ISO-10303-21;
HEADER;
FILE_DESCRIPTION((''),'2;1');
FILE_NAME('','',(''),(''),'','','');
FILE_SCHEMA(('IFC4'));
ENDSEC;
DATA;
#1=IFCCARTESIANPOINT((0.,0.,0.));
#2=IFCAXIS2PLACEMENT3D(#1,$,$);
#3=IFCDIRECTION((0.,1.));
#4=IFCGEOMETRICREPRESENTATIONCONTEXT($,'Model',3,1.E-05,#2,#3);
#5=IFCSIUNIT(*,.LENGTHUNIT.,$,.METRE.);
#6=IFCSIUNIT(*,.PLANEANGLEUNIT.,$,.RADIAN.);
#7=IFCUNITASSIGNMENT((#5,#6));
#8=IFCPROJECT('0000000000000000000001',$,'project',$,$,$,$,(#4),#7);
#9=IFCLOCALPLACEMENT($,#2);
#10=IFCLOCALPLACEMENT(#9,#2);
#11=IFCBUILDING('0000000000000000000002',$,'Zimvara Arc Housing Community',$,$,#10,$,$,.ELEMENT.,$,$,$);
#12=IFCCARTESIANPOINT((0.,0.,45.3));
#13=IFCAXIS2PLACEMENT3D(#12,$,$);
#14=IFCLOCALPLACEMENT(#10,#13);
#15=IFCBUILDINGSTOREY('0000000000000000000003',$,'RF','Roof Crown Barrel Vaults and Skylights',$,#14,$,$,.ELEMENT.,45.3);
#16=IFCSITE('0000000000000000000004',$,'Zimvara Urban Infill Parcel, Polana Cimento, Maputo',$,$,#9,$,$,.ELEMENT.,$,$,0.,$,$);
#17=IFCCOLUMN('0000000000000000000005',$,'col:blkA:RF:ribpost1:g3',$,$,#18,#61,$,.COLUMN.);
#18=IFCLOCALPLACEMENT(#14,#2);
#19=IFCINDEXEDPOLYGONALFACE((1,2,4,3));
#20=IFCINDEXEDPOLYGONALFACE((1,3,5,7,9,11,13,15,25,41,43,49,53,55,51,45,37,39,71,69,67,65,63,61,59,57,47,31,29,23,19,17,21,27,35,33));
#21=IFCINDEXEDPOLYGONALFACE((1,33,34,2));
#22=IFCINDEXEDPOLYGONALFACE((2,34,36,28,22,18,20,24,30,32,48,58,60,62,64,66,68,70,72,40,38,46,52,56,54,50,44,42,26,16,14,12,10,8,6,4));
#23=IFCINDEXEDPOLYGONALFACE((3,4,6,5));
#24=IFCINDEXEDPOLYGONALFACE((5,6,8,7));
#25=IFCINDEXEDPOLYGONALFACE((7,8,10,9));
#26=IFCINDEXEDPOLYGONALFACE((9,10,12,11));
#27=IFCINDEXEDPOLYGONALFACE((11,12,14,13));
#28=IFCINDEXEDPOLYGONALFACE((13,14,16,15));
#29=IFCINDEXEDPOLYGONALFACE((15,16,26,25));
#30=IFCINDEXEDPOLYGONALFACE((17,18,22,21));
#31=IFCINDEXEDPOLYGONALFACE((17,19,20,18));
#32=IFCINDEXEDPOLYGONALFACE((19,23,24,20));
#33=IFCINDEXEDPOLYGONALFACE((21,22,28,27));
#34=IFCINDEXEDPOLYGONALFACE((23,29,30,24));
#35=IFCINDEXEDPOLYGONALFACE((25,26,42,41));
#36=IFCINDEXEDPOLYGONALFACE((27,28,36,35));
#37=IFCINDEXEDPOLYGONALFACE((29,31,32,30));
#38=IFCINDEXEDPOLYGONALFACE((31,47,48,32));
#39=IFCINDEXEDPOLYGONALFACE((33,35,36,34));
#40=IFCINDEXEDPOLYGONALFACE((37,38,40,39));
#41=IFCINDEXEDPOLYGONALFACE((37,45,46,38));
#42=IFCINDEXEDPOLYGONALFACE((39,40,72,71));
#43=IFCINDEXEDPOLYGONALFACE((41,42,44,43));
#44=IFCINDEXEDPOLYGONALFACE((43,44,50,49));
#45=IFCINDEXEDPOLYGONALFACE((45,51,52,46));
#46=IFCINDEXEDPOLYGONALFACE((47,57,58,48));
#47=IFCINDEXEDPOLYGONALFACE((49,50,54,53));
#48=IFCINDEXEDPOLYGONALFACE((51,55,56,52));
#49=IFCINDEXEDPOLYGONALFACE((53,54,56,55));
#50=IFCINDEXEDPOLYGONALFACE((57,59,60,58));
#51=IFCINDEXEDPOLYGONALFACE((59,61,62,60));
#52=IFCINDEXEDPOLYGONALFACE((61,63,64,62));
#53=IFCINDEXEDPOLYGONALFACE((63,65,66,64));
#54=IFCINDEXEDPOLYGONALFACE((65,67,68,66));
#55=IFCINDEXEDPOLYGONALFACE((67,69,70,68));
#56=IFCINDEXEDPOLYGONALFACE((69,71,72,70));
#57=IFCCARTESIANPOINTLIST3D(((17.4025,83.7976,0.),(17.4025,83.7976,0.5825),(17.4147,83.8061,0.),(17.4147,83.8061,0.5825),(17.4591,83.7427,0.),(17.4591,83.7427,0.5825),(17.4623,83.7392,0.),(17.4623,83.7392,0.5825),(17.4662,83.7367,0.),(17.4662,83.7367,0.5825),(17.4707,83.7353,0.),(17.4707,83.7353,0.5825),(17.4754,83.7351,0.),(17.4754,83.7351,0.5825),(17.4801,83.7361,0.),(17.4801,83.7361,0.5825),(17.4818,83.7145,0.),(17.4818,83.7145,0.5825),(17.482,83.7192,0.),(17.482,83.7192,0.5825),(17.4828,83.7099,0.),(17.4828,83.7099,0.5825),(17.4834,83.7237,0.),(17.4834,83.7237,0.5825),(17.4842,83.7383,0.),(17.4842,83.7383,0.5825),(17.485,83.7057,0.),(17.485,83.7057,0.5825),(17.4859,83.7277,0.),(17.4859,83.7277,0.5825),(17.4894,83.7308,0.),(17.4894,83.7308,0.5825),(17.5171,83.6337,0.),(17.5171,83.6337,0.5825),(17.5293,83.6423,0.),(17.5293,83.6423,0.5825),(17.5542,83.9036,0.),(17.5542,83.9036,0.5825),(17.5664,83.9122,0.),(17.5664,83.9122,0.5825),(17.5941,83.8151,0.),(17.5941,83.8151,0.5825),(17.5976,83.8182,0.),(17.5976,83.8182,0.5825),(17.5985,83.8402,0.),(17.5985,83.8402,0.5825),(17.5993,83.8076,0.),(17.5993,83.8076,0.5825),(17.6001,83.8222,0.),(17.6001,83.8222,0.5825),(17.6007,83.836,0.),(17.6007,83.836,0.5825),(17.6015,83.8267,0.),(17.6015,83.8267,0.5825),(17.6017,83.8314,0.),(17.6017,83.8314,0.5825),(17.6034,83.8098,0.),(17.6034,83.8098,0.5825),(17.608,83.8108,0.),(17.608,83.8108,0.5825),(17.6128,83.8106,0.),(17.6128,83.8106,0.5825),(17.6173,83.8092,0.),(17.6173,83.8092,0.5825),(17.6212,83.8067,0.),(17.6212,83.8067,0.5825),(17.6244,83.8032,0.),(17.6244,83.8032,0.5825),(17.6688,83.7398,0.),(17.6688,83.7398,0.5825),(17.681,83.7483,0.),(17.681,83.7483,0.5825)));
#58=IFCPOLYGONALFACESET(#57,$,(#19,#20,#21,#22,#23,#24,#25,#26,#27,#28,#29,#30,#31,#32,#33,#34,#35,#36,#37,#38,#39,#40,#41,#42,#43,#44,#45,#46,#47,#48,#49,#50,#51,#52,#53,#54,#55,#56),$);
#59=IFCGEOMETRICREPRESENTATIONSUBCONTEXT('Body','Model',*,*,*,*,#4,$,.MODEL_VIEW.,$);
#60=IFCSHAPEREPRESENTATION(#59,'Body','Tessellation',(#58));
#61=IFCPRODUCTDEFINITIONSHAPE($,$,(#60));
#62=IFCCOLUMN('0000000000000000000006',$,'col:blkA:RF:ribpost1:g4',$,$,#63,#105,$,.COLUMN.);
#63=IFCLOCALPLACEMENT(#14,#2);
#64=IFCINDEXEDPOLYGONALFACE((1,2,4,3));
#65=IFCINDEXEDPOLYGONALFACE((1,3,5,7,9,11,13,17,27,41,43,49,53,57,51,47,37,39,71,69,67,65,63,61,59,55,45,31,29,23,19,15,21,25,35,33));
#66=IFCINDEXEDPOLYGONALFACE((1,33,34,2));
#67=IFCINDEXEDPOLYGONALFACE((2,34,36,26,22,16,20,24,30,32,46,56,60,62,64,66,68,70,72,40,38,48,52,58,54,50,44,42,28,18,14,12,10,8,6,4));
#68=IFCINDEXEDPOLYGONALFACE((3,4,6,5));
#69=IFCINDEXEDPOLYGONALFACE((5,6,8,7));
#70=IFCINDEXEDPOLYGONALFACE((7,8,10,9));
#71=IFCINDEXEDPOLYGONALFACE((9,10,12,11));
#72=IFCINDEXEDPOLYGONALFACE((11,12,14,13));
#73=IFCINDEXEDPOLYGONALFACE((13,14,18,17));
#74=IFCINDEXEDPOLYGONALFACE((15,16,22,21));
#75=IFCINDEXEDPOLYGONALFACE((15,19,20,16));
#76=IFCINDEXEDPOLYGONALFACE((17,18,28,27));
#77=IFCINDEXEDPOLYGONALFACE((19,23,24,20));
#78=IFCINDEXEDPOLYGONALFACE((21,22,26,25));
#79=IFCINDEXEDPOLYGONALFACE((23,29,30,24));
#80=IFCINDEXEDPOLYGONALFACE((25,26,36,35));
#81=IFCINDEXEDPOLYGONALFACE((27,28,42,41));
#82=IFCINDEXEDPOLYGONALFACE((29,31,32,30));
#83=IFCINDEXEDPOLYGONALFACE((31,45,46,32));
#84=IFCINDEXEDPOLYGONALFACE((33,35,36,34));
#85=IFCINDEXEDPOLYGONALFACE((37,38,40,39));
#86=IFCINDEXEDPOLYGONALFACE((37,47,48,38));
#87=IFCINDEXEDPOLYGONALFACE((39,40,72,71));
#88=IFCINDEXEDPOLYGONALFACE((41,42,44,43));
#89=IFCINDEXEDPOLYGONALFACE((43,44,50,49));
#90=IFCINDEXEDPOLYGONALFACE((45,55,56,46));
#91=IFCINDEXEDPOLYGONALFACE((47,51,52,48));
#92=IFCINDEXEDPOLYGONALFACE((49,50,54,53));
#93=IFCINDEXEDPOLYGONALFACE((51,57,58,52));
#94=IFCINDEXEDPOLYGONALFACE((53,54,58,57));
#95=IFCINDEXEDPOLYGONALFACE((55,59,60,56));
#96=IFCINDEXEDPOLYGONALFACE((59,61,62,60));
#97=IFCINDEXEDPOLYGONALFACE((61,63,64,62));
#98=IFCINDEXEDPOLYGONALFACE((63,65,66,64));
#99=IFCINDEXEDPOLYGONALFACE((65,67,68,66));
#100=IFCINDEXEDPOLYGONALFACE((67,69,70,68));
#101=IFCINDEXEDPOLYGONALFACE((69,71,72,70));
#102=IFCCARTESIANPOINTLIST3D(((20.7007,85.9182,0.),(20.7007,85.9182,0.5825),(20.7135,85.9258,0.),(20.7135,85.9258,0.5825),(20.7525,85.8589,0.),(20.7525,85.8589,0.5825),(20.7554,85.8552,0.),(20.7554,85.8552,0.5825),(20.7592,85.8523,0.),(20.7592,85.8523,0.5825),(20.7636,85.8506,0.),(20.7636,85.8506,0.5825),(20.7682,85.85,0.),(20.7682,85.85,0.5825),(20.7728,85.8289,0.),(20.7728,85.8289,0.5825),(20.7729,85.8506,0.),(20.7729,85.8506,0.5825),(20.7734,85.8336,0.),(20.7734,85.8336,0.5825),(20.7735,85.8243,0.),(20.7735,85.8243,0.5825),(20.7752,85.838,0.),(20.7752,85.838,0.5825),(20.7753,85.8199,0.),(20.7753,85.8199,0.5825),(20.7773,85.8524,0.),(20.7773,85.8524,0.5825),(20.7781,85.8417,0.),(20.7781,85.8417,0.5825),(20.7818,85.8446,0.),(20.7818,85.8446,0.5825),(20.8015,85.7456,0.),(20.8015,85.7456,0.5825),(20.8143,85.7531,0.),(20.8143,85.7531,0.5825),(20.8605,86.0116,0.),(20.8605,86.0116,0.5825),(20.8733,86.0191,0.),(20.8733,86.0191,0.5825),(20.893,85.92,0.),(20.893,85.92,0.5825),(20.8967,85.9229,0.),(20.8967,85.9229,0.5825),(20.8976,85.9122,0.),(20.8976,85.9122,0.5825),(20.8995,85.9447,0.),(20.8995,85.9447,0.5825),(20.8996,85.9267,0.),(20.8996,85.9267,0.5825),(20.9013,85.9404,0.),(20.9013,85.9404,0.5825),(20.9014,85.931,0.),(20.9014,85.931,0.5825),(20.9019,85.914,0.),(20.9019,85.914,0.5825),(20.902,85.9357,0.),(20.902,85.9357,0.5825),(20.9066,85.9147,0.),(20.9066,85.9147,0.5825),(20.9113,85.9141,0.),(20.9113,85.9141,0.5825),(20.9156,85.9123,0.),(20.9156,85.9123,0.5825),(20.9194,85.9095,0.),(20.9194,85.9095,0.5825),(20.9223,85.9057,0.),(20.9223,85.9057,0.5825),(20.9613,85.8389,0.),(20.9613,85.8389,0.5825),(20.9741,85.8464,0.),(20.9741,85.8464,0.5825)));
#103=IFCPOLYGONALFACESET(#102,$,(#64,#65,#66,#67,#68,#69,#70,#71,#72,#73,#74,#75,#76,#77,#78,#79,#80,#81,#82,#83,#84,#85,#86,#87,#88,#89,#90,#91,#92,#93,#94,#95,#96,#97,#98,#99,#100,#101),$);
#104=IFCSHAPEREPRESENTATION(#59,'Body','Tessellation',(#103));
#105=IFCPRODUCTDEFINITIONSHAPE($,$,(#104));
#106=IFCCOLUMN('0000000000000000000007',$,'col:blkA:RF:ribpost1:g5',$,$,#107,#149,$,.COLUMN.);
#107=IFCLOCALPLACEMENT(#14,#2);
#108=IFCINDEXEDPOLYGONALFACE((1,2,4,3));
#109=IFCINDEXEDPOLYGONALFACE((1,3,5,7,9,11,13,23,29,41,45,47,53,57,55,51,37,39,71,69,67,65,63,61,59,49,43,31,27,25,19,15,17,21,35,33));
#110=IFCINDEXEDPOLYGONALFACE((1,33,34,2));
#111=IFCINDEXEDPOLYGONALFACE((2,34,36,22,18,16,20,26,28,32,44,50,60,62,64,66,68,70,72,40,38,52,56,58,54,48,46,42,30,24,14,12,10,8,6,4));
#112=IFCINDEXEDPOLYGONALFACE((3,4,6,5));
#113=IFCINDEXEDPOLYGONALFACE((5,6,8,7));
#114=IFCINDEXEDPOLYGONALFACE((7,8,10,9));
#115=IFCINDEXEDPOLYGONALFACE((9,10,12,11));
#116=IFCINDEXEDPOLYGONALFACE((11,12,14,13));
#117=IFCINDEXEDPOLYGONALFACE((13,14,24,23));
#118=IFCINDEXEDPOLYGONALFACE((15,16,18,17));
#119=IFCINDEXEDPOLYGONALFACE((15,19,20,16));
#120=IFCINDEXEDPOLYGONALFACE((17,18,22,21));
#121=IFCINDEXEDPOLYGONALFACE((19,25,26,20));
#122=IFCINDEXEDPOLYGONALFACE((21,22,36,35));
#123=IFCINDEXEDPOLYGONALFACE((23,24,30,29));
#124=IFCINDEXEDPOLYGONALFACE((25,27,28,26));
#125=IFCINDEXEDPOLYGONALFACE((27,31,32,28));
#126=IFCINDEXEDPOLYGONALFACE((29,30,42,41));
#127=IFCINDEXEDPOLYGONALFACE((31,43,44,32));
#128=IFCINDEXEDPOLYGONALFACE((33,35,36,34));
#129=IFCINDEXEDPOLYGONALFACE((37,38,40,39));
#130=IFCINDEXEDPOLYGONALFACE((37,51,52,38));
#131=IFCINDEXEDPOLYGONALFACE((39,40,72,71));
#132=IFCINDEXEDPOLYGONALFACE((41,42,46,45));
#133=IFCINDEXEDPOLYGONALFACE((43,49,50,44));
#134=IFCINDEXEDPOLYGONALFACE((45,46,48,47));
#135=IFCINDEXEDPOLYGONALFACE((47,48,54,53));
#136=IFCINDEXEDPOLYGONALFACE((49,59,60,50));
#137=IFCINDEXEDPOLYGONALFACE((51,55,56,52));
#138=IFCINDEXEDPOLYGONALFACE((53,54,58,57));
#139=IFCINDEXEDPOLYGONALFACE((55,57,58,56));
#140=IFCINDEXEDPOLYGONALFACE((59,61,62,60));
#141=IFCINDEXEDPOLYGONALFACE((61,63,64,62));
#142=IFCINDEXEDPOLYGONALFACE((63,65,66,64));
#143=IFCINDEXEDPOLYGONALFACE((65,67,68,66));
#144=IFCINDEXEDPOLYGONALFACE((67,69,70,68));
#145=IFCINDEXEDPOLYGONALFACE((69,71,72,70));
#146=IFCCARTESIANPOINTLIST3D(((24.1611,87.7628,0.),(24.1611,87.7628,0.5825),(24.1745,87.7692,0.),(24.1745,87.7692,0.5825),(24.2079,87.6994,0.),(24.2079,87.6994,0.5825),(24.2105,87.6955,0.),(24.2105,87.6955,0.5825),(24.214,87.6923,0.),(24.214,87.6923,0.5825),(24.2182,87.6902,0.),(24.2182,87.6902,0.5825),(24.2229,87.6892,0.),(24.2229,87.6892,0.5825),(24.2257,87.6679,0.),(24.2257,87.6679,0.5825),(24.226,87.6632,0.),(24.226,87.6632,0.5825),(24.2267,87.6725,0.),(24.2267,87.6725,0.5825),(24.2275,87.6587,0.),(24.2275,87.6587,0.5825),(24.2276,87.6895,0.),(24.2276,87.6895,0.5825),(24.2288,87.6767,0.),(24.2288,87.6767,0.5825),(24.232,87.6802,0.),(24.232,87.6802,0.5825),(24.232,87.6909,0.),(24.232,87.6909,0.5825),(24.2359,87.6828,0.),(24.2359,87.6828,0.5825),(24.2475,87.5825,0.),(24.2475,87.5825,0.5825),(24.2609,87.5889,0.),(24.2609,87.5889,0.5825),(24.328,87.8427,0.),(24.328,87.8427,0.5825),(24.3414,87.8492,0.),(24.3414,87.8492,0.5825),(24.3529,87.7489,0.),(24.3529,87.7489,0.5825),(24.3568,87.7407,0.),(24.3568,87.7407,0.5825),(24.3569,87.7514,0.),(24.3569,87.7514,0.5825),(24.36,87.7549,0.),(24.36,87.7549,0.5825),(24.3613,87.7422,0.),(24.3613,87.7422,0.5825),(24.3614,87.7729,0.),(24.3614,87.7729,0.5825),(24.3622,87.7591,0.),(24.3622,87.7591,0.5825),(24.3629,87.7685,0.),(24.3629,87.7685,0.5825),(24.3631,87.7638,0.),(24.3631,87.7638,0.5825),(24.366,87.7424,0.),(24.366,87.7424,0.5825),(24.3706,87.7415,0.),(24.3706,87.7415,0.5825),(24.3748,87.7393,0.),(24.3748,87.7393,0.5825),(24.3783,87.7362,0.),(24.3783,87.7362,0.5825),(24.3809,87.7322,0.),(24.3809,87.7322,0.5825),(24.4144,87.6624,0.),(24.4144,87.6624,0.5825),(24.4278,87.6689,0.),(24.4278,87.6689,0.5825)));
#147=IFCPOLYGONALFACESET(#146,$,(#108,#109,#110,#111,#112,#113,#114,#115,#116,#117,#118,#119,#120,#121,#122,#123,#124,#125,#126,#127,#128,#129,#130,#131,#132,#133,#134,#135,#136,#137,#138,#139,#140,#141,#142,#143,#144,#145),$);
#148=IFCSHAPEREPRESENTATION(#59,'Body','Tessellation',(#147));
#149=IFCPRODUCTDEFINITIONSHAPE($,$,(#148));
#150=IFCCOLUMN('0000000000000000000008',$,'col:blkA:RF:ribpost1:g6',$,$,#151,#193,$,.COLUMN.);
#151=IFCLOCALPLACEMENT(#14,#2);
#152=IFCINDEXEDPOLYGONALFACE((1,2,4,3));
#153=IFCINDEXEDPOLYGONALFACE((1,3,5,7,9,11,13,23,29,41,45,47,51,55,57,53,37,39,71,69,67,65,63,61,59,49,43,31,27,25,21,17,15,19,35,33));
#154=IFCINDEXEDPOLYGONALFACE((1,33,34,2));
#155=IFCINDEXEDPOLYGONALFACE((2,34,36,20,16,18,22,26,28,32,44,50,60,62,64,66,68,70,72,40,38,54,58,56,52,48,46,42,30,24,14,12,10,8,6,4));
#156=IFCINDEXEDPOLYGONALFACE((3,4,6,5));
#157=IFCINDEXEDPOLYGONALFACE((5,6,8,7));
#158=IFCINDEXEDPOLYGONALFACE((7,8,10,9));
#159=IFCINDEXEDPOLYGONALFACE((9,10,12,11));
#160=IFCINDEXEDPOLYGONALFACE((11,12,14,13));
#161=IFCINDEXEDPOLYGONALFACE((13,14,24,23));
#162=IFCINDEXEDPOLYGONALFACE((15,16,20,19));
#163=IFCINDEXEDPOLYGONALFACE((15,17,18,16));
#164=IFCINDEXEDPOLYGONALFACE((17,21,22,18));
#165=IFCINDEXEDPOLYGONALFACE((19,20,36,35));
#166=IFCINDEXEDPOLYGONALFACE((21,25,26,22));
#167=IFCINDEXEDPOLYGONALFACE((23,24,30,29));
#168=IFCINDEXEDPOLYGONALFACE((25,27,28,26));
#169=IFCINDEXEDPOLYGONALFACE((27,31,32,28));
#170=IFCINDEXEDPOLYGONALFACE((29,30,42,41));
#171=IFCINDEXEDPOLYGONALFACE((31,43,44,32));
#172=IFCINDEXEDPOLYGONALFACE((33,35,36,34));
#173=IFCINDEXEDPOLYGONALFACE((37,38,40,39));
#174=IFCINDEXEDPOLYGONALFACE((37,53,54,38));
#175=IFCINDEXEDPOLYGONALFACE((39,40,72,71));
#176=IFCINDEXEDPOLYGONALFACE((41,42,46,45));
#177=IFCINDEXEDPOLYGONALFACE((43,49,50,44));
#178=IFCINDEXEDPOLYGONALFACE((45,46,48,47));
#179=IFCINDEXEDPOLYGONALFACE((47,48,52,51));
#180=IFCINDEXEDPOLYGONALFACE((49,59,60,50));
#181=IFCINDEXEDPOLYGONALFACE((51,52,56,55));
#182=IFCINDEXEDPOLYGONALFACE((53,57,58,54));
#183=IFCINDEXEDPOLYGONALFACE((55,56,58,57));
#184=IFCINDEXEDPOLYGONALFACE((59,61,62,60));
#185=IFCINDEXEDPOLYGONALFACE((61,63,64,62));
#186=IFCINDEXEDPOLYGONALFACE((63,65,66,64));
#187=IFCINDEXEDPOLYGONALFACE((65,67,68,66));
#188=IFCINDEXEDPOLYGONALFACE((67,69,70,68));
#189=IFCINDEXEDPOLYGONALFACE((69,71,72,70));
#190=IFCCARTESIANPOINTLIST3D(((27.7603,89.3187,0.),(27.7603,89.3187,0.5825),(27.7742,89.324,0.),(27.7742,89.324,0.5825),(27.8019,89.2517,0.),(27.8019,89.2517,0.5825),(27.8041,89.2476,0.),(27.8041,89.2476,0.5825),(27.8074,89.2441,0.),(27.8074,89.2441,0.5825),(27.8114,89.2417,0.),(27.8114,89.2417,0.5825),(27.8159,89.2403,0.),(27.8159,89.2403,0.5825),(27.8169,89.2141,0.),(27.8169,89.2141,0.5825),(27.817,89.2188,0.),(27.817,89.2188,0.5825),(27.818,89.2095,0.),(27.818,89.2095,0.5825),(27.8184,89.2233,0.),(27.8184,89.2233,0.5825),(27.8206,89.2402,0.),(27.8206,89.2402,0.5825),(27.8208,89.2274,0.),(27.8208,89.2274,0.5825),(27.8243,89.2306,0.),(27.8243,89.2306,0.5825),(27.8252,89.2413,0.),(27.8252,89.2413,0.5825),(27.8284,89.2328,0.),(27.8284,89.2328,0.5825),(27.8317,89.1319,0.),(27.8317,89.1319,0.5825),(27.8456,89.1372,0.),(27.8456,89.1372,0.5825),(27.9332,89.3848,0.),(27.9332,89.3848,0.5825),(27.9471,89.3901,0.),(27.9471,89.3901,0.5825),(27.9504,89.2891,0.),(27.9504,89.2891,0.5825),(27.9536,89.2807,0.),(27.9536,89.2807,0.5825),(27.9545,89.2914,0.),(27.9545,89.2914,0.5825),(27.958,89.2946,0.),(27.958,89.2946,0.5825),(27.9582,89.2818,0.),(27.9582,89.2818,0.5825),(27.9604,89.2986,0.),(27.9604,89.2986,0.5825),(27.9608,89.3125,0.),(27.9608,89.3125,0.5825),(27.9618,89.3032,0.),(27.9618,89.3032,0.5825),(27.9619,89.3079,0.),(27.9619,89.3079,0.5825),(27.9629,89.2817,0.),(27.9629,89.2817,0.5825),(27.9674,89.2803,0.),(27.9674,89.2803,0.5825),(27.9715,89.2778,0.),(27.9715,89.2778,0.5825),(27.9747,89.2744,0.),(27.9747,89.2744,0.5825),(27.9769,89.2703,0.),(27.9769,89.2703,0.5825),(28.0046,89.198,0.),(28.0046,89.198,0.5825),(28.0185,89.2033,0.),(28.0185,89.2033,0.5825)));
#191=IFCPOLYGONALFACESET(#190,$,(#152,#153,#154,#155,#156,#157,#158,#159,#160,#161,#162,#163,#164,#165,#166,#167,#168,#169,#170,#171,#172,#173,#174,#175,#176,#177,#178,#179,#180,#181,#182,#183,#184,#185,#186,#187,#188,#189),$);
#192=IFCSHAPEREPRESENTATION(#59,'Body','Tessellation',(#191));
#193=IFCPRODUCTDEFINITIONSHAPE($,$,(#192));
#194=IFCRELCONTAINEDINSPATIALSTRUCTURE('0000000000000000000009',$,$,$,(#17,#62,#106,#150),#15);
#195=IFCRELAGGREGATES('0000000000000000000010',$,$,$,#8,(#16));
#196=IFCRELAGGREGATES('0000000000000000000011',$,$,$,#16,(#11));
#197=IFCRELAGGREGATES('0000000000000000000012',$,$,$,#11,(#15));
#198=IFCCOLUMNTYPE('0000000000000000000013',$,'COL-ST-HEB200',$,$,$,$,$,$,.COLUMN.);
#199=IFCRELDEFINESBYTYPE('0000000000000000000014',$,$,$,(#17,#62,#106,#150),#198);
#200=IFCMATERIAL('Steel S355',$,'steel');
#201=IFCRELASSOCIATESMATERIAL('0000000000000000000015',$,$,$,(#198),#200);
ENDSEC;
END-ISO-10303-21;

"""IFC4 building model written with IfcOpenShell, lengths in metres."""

from ifc_helpers import new_model, si_unit, direction, frame, origin, origin_2d, place, context, subcontext, project, spatial, i_section, extrude, material, material_profile, profile_set, type_object, element, save


model = new_model("IFC4")

# Units and contexts
model_context = context("Model", 3, precision=1e-05, world=origin(), true_north=direction((0.0, 1.0)))
body_context = subcontext(model_context, "Body", "Model", "MODEL_VIEW")
ifc_project = project(units=[si_unit("LENGTHUNIT", "METRE"), si_unit("PLANEANGLEUNIT", "RADIAN")], contexts=[model_context])

# Site, building, storey
site_placement = place(None, origin())
site = spatial("IfcSite", under=ifc_project, at=site_placement, Name="Zimvara Urban Infill Parcel, Polana Cimento, Maputo", CompositionType="ELEMENT", RefElevation=0.0)
building_placement = place(site_placement, origin())
building = spatial("IfcBuilding", under=site, at=building_placement, Name="Zimvara Arc Housing Community", CompositionType="ELEMENT")
storey_placement = place(building_placement, frame((0.0, 0.0, 45.3)))
storey = spatial("IfcBuildingStorey", under=building, at=storey_placement, Name="RF", Description="Roof Crown Barrel Vaults and Skylights", CompositionType="ELEMENT", Elevation=45.3)

# Columns
ifc_material_1 = material(Name="Steel S355", Category="steel")
ifc_material_profile_1 = material_profile(ifc_material_1, i_section(OverallWidth=0.2, OverallDepth=0.2, WebThickness=0.009, FlangeThickness=0.0149, FilletRadius=0.0181, at=origin_2d()), Name="HEB 200")
ifc_profile_set_1 = profile_set([ifc_material_profile_1], Name="Steel S355")
column_type = type_object("IfcColumnType", Name="COL-ST-HEB200", PredefinedType="COLUMN", material=ifc_profile_set_1)
for number, where, z_axis, x_axis, name in (
    (1, (17.5417, 83.7729, 0.0), (0.0, 0.0, 1.0), (-0.573004, 0.819552, 0.0), "col:blkA:RF:ribpost1:g3"),
    (2, (20.8374, 85.8823, 0.0), (0.0, 0.0, 1.0), (-0.504226, 0.863572, 0.0), "col:blkA:RF:ribpost1:g4"),
    (3, (24.2944, 87.7158, 0.0), (0.0, 0.0, 1.0), (-0.432086, 0.901833, 0.0), "col:blkA:RF:ribpost1:g5"),
    (4, (27.8894, 89.261, 0.0), (0.0, 0.0, 1.0), (-0.357064, 0.93408, 0.0), "col:blkA:RF:ribpost1:g6"),
):
    element("IfcColumn", number, at=place(storey_placement, frame(where, z_axis=z_axis, x_axis=x_axis)), inside=storey, type_object=column_type, Name=name, PredefinedType="COLUMN", context=body_context, shape_type="SweptSolid", body=[
        extrude(i_section(OverallWidth=0.2, OverallDepth=0.2, WebThickness=0.009, FlangeThickness=0.0149, FilletRadius=0.0181, at=origin_2d()), origin(), (0.0, 0.0, 1.0), 0.5825),
    ])

save(model, "model.ifc")
